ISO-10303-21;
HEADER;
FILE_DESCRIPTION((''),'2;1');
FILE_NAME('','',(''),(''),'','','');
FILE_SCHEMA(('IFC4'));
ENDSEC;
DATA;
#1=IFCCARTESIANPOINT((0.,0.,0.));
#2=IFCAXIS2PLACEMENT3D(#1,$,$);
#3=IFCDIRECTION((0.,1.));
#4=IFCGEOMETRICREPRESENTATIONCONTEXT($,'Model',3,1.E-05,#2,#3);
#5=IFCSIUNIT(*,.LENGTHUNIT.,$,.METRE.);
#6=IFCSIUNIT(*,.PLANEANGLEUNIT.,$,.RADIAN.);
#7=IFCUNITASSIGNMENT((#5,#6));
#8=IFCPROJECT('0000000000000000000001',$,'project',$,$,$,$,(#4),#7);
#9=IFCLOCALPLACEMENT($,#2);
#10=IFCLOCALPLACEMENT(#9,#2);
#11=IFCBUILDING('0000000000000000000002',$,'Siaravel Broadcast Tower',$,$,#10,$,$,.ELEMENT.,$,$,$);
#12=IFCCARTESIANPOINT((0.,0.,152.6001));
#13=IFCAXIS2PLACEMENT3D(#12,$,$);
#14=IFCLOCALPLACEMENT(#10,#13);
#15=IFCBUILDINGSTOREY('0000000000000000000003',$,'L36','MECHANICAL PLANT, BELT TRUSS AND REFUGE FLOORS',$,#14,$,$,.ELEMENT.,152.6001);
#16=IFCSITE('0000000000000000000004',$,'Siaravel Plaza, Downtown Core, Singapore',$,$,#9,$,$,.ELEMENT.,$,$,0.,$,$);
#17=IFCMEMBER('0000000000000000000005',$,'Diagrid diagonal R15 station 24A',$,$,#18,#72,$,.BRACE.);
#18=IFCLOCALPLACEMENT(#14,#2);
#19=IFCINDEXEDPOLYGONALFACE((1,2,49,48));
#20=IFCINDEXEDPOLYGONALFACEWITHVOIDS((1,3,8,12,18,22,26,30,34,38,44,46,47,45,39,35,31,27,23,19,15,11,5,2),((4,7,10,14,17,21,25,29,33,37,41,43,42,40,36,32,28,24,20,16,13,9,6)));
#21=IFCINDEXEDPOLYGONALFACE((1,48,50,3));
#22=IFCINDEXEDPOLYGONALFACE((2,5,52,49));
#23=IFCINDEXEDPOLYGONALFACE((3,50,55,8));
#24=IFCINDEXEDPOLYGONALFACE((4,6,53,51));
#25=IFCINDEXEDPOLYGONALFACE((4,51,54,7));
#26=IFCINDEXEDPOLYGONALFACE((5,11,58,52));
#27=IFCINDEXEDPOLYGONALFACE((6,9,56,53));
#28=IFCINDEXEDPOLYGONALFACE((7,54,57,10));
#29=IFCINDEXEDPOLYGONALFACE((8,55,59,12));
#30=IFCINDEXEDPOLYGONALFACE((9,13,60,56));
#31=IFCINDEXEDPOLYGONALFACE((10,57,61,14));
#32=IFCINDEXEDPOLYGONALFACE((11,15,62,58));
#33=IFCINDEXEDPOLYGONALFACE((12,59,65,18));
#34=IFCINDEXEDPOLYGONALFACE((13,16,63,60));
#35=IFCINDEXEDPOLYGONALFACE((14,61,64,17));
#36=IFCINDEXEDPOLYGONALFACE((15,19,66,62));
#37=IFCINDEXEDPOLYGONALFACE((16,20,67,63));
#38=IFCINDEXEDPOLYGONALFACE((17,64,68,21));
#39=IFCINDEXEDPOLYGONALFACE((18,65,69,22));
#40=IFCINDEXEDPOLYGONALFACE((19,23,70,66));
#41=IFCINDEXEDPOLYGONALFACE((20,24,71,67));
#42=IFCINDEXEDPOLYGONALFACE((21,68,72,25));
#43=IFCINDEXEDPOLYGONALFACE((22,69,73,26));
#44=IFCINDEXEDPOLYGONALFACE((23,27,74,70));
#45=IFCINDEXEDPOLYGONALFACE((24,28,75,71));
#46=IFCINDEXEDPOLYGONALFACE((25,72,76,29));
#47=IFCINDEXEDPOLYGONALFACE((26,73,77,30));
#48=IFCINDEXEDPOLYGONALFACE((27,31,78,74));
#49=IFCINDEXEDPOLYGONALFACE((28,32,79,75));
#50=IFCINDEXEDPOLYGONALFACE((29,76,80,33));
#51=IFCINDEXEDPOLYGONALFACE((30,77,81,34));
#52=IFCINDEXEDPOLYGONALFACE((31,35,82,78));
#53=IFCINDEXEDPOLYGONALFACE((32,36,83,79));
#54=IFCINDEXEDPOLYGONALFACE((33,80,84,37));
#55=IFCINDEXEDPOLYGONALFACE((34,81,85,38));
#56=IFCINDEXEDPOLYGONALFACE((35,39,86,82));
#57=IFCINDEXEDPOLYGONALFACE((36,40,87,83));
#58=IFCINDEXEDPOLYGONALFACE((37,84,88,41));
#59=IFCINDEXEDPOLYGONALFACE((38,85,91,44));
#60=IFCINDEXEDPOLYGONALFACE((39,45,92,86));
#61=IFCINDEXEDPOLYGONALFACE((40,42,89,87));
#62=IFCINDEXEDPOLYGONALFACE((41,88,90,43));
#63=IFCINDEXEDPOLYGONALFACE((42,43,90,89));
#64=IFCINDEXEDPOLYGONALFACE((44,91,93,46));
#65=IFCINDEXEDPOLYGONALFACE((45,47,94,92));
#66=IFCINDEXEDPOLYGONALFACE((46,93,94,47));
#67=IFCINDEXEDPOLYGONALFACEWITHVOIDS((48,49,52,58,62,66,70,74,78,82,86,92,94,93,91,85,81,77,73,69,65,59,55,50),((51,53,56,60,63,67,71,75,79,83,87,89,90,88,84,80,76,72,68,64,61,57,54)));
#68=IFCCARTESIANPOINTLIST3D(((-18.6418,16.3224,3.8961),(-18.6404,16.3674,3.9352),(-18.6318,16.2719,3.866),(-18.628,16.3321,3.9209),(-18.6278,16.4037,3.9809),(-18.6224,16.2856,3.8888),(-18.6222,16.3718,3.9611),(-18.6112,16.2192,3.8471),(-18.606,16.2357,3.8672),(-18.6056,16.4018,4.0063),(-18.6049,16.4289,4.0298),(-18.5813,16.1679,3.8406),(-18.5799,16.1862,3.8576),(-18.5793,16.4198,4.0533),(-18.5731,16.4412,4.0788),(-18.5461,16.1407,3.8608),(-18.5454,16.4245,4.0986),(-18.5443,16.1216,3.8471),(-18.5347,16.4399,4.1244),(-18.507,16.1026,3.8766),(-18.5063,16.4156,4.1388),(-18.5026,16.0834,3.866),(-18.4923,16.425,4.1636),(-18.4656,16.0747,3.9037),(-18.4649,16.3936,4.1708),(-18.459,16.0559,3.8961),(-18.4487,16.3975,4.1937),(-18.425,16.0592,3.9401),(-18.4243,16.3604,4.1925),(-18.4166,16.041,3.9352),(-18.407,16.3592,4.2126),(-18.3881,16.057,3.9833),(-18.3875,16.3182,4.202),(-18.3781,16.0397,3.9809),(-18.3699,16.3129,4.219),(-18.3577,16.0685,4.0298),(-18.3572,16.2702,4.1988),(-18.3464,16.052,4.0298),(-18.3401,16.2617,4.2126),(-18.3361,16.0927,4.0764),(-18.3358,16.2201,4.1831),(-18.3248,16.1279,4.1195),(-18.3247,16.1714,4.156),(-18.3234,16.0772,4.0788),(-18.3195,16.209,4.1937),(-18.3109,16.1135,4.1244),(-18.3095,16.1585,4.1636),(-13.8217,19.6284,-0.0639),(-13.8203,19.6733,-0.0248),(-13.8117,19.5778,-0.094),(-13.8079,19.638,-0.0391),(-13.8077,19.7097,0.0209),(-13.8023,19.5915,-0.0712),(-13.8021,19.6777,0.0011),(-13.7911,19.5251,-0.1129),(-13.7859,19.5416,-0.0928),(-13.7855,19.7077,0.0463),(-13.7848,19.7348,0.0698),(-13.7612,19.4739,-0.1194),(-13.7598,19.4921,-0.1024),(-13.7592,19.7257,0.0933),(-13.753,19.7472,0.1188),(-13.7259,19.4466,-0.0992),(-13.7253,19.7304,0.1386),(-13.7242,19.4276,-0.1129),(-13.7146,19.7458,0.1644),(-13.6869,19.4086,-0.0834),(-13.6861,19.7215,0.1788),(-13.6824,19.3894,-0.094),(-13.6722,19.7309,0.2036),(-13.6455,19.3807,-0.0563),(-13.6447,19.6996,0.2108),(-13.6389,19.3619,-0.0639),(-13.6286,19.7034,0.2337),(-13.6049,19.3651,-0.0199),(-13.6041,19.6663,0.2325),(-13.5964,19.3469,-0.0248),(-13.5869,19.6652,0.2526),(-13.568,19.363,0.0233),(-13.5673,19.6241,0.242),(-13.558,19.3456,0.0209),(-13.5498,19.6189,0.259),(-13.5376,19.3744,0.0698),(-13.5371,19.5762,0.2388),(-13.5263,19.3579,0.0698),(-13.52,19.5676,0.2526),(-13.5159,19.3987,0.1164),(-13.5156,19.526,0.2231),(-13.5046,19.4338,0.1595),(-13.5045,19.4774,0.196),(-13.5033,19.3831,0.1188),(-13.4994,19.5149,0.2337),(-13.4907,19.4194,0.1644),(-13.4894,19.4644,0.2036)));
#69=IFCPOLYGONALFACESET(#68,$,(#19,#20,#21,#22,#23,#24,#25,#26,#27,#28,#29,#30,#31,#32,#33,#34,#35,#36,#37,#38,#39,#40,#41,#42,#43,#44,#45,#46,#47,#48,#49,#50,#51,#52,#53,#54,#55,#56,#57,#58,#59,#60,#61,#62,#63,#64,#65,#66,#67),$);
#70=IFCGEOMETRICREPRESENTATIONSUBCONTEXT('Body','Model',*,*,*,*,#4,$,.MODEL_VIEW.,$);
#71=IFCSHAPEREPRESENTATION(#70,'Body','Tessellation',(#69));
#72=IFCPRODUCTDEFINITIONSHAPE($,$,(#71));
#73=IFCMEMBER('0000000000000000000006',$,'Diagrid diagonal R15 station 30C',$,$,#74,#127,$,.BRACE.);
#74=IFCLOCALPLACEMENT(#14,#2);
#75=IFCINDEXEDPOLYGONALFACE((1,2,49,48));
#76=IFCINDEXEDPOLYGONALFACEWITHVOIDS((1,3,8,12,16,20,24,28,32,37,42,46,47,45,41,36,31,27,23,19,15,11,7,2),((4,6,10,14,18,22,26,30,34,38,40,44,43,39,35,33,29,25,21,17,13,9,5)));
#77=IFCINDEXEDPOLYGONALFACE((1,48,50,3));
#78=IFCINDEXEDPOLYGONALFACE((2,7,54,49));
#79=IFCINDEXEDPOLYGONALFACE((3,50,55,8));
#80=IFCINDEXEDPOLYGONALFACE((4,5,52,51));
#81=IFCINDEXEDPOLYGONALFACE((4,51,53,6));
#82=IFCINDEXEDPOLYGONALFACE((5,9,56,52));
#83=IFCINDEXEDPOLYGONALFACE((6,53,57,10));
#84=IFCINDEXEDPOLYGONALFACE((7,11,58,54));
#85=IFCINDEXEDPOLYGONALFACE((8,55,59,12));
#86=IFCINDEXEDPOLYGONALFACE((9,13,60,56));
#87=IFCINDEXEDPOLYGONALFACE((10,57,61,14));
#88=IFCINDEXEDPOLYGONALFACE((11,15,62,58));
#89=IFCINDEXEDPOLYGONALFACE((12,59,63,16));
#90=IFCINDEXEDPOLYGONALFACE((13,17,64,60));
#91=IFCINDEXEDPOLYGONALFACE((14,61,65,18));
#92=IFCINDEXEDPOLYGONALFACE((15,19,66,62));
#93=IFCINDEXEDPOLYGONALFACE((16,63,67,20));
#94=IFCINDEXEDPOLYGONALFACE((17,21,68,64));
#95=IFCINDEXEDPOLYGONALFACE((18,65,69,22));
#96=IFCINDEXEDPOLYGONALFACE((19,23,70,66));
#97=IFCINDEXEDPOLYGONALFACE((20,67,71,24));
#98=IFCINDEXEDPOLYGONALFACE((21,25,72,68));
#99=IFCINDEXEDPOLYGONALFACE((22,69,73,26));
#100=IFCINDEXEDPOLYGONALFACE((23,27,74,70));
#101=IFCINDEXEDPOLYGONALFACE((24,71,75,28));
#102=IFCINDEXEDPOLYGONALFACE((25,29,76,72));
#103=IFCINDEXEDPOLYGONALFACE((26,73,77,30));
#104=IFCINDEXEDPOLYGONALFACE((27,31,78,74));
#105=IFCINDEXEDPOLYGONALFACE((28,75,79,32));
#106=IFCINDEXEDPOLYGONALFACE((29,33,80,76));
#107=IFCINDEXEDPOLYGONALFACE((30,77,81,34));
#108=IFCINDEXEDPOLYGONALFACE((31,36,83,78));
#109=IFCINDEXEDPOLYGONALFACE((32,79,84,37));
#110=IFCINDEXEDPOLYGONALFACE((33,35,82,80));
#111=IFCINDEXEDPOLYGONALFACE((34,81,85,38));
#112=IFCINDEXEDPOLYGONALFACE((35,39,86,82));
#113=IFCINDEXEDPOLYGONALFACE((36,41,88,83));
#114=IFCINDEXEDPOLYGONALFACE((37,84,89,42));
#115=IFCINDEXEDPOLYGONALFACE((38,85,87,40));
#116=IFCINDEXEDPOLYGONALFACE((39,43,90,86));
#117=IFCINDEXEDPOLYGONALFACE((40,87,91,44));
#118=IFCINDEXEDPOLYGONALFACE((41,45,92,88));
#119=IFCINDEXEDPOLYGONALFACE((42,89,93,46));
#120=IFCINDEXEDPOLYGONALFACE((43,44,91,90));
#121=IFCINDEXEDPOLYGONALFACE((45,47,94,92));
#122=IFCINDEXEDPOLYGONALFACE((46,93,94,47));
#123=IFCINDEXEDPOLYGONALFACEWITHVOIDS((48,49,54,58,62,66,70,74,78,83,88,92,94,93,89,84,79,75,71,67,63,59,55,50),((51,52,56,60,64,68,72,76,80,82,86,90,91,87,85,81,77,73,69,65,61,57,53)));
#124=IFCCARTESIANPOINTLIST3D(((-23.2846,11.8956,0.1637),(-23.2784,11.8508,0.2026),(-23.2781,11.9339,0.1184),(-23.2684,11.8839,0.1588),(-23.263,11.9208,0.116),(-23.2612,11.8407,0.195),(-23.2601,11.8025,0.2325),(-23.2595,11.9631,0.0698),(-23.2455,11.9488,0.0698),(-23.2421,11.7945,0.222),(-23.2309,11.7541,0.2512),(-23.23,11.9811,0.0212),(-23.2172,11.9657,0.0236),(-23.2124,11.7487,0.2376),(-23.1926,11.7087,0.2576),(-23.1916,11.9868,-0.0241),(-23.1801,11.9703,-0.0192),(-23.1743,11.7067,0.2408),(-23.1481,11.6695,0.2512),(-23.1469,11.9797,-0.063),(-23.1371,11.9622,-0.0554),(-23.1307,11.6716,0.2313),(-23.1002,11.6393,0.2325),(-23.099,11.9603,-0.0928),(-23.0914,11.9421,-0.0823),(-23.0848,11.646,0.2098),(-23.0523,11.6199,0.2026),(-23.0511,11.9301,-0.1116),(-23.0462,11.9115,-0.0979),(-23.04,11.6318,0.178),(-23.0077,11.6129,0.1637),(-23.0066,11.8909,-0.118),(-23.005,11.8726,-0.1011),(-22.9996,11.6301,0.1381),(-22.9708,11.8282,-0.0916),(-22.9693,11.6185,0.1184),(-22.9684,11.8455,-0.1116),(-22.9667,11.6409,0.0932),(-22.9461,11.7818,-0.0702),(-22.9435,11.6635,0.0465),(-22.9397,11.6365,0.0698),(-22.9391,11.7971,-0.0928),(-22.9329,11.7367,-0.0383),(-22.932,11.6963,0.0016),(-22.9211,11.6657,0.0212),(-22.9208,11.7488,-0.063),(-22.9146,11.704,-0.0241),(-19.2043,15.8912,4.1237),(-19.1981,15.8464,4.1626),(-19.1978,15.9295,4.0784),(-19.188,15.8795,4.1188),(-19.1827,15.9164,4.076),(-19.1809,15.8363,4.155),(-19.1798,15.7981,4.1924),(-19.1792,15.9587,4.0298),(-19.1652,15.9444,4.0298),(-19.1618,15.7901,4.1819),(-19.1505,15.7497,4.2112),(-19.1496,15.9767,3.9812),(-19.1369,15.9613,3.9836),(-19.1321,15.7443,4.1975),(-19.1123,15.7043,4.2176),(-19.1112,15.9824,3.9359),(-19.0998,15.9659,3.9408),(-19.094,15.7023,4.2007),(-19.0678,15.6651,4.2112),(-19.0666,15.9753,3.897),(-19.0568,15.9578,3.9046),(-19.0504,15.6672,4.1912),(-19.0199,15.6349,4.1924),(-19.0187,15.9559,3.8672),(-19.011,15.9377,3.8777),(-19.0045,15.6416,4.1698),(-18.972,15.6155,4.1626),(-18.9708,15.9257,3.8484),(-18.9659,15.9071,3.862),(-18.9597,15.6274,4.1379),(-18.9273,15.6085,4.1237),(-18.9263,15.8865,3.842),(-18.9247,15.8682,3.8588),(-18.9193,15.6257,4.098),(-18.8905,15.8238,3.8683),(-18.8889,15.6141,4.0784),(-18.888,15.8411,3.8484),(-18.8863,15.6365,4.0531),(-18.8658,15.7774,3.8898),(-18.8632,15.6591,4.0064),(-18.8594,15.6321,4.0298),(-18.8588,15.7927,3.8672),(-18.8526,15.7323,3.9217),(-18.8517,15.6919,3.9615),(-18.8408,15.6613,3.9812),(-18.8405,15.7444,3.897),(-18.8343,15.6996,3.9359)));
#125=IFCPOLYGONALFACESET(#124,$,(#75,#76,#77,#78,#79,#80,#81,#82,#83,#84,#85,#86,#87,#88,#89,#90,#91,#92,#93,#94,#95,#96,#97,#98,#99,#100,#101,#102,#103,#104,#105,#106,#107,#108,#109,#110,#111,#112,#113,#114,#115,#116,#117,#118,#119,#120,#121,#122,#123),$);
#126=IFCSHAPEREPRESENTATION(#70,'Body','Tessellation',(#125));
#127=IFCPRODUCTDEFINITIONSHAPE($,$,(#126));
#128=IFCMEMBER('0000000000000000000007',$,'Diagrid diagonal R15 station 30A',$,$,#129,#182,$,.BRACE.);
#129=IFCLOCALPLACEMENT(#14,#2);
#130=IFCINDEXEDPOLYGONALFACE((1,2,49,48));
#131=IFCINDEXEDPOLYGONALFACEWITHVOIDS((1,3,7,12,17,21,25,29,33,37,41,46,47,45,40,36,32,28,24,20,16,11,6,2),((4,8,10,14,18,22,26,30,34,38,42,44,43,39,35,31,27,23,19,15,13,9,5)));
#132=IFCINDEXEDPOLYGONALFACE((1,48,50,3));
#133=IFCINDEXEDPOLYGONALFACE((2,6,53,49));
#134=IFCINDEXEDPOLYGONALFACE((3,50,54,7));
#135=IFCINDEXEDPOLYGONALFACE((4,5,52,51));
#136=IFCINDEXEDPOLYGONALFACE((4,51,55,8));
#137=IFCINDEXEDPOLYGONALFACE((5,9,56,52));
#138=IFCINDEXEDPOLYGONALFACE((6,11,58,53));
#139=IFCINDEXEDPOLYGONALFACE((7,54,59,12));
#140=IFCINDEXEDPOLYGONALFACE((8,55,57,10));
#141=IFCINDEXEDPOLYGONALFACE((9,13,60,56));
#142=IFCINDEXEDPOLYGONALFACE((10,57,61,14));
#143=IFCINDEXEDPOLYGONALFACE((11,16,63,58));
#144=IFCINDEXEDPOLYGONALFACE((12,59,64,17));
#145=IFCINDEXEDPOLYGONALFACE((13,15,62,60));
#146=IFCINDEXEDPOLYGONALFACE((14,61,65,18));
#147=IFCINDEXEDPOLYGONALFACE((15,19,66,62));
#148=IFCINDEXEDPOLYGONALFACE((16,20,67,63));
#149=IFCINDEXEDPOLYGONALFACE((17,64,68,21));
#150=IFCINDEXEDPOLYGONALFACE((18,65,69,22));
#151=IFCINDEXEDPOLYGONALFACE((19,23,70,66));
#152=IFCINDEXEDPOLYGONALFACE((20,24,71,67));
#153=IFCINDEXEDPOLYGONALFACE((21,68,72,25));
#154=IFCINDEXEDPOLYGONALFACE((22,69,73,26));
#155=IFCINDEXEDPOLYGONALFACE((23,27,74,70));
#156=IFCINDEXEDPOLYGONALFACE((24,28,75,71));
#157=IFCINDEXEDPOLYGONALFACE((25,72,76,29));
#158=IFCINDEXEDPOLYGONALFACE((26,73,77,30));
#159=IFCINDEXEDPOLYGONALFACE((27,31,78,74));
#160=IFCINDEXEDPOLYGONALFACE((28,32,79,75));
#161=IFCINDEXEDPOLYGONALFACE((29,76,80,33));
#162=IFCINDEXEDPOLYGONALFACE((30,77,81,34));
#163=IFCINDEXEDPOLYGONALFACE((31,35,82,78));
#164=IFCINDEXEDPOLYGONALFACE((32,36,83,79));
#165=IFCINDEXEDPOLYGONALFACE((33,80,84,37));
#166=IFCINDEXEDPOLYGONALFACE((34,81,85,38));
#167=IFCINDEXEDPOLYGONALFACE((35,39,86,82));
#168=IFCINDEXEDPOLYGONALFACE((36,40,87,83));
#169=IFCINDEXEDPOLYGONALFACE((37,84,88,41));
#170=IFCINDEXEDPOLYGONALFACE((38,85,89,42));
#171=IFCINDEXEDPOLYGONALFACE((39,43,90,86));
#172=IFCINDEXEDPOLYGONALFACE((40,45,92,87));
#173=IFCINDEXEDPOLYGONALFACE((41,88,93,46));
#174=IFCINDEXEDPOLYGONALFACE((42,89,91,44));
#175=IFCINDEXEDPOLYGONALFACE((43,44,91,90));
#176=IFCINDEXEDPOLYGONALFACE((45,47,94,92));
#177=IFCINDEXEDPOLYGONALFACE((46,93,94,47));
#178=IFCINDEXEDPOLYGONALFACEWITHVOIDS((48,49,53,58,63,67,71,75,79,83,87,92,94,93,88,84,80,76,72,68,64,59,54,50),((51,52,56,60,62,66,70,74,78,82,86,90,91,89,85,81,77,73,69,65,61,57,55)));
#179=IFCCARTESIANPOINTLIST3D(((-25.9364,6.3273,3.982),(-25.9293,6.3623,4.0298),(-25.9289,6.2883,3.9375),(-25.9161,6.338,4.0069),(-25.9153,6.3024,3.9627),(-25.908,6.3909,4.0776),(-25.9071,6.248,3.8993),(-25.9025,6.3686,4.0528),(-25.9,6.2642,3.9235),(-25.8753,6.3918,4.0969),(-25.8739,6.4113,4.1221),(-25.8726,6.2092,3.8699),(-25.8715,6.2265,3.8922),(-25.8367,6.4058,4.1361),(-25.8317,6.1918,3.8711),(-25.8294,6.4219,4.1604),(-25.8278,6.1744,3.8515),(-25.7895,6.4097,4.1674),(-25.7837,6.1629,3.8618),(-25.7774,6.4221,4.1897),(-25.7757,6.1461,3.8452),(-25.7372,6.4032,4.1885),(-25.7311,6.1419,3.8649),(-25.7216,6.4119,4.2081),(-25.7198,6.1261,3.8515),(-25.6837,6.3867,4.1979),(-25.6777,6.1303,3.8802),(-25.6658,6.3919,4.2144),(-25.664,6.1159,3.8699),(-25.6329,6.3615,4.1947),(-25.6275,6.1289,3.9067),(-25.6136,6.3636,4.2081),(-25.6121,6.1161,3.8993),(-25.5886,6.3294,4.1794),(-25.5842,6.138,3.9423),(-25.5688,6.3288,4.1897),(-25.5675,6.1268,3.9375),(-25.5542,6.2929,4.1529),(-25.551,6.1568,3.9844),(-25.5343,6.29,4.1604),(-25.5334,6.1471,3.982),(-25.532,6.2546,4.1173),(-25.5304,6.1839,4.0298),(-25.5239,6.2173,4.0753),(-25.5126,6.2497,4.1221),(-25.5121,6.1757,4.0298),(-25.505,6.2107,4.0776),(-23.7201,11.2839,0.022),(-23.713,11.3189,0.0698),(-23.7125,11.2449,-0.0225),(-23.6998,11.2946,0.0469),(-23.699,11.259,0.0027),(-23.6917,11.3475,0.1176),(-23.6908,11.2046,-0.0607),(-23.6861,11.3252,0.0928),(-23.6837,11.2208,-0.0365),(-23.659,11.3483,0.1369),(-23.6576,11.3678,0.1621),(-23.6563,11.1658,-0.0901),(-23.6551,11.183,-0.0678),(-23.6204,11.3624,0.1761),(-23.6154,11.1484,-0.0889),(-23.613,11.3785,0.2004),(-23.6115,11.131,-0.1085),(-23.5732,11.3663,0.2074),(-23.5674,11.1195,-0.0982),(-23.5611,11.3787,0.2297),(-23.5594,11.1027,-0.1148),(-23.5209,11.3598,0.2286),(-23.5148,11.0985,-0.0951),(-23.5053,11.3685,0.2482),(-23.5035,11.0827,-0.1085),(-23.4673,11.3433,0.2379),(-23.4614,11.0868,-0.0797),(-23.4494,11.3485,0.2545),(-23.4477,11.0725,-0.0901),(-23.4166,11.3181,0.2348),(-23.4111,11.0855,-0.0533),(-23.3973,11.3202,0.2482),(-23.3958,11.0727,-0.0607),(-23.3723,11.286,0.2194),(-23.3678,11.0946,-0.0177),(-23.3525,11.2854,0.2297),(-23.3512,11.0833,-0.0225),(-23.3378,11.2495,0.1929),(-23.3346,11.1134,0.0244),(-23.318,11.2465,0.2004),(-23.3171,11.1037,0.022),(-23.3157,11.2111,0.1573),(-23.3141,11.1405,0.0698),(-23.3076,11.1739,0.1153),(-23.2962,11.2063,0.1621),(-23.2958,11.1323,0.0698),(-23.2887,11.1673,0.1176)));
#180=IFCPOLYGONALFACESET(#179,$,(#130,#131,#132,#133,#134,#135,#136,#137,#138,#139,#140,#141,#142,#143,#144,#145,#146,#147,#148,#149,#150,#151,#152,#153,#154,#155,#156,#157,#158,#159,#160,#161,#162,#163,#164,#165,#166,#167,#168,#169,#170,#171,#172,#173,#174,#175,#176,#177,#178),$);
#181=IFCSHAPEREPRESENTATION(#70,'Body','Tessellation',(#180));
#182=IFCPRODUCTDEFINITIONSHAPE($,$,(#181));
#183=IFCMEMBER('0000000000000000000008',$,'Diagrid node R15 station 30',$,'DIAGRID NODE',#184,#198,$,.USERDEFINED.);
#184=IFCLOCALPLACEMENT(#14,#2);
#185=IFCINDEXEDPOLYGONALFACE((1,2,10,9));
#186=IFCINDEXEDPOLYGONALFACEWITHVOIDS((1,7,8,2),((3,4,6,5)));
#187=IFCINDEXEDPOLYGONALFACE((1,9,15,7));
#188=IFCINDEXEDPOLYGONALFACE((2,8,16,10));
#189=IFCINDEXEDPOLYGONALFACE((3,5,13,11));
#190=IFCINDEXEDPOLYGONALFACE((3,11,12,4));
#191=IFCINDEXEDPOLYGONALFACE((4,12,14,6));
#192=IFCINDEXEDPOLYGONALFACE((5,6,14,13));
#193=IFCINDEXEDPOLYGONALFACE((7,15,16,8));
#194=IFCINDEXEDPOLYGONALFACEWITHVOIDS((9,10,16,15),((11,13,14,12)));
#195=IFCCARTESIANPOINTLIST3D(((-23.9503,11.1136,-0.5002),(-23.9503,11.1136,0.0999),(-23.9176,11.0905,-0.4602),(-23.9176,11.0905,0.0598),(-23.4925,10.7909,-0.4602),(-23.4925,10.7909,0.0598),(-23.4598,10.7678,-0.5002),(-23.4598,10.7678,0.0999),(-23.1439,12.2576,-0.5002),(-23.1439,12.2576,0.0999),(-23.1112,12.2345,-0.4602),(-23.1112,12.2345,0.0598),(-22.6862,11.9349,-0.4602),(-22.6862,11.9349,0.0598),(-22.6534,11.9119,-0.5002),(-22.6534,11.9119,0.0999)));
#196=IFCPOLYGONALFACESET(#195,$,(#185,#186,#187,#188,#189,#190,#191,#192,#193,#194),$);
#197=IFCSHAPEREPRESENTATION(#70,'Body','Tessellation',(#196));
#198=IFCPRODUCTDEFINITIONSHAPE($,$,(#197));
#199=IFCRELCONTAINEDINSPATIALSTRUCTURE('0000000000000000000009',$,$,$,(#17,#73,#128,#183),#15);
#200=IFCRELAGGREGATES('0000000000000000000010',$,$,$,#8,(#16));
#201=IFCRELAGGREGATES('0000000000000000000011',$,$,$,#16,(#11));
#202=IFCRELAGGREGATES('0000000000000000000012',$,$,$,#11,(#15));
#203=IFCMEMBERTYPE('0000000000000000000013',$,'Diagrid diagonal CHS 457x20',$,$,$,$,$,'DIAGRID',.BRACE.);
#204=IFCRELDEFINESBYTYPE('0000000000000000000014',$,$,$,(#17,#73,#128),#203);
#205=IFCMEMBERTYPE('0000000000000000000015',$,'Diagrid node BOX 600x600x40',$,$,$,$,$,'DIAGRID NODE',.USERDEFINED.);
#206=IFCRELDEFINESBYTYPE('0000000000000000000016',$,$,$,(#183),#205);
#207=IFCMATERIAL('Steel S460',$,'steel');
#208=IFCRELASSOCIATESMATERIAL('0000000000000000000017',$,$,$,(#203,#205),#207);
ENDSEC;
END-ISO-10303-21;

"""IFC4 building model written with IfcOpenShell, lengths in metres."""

from ifc_helpers import new_model, si_unit, direction, frame, origin, origin_2d, place, context, subcontext, project, spatial, hollow_rectangle, hollow_circle, extrude, material, material_profile, profile_set, type_object, element, save


model = new_model("IFC4")

# Units and contexts
model_context = context("Model", 3, precision=1e-05, world=origin(), true_north=direction((0.0, 1.0)))
body_context = subcontext(model_context, "Body", "Model", "MODEL_VIEW")
ifc_project = project(units=[si_unit("LENGTHUNIT", "METRE"), si_unit("PLANEANGLEUNIT", "RADIAN")], contexts=[model_context])

# Site, building, storey
site_placement = place(None, origin())
site = spatial("IfcSite", under=ifc_project, at=site_placement, Name="Siaravel Plaza, Downtown Core, Singapore", CompositionType="ELEMENT", RefElevation=0.0)
building_placement = place(site_placement, origin())
building = spatial("IfcBuilding", under=site, at=building_placement, Name="Siaravel Broadcast Tower", CompositionType="ELEMENT")
storey_placement = place(building_placement, frame((0.0, 0.0, 152.6001)))
storey = spatial("IfcBuildingStorey", under=building, at=storey_placement, Name="L36", Description="MECHANICAL PLANT, BELT TRUSS AND REFUGE FLOORS", CompositionType="ELEMENT", Elevation=152.6001)

# Shared definitions
ifc_material_1 = material(Name="Steel S460", Category="steel")

# Members
ifc_material_profile_1 = material_profile(ifc_material_1, hollow_circle(Radius=0.2285, WallThickness=0.02, at=origin_2d()))
ifc_profile_set_1 = profile_set([ifc_material_profile_1], Name="Steel S460")
member_type_1 = type_object("IfcMemberType", Name="Diagrid diagonal CHS 457x20", ElementType="DIAGRID", PredefinedType="BRACE", material=ifc_profile_set_1)
member_1_placement = place(storey_placement, frame((-13.6555, 19.5464, 0.0698), z_axis=(-0.682731, -0.46826, 0.560902), x_axis=(0.565612, -0.824672, 0.0)))
element("IfcMember", 1, at=member_1_placement, inside=storey, type_object=member_type_1, Name="Diagrid diagonal R15 station 24A", PredefinedType="BRACE", context=body_context, shape_type="SweptSolid", body=[
    extrude(hollow_circle(Radius=0.2285, WallThickness=0.02, at=origin_2d()), origin(), (0.0, 0.0, 1.0), 7.0601),
])
member_2_placement = place(storey_placement, frame((-23.0996, 11.7998, 0.0698), z_axis=(0.587141, 0.574951, 0.569822), x_axis=(-0.699651, 0.714485, 0.0)))
element("IfcMember", 2, at=member_2_placement, inside=storey, type_object=member_type_1, Name="Diagrid diagonal R15 station 30C", PredefinedType="BRACE", context=body_context, shape_type="SweptSolid", body=[
    extrude(hollow_circle(Radius=0.2285, WallThickness=0.02, at=origin_2d()), origin(), (0.0, 0.0, 1.0), 6.9495),
])
member_3_placement = place(storey_placement, frame((-23.5044, 11.2256, 0.0698), z_axis=(-0.3298, -0.737563, 0.589265), x_axis=(0.912893, -0.408198, 0.0)))
element("IfcMember", 3, at=member_3_placement, inside=storey, type_object=member_type_1, Name="Diagrid diagonal R15 station 30A", PredefinedType="BRACE", context=body_context, shape_type="SweptSolid", body=[
    extrude(hollow_circle(Radius=0.2285, WallThickness=0.02, at=origin_2d()), origin(), (0.0, 0.0, 1.0), 6.7202),
])
ifc_material_profile_2 = material_profile(ifc_material_1, hollow_rectangle(XDim=0.6001, YDim=0.6001, WallThickness=0.04, at=origin_2d()))
ifc_profile_set_2 = profile_set([ifc_material_profile_2], Name="Steel S460")
member_type_2 = type_object("IfcMemberType", Name="Diagrid node BOX 600x600x40", ElementType="DIAGRID NODE", PredefinedType="USERDEFINED", material=ifc_profile_set_2)
member_4_placement = place(storey_placement, frame((-22.8987, 12.0847, -0.2002), z_axis=(-0.576128, -0.817359, 0.0), x_axis=(0.817359, -0.576128, 0.0)))
element("IfcMember", 4, at=member_4_placement, inside=storey, type_object=member_type_2, Name="Diagrid node R15 station 30", ObjectType="DIAGRID NODE", PredefinedType="USERDEFINED", context=body_context, shape_type="SweptSolid", body=[
    extrude(hollow_rectangle(XDim=0.6001, YDim=0.6001, WallThickness=0.04, at=origin_2d()), origin(), (0.0, 0.0, 1.0), 1.3997),
])

save(model, "model.ifc")
